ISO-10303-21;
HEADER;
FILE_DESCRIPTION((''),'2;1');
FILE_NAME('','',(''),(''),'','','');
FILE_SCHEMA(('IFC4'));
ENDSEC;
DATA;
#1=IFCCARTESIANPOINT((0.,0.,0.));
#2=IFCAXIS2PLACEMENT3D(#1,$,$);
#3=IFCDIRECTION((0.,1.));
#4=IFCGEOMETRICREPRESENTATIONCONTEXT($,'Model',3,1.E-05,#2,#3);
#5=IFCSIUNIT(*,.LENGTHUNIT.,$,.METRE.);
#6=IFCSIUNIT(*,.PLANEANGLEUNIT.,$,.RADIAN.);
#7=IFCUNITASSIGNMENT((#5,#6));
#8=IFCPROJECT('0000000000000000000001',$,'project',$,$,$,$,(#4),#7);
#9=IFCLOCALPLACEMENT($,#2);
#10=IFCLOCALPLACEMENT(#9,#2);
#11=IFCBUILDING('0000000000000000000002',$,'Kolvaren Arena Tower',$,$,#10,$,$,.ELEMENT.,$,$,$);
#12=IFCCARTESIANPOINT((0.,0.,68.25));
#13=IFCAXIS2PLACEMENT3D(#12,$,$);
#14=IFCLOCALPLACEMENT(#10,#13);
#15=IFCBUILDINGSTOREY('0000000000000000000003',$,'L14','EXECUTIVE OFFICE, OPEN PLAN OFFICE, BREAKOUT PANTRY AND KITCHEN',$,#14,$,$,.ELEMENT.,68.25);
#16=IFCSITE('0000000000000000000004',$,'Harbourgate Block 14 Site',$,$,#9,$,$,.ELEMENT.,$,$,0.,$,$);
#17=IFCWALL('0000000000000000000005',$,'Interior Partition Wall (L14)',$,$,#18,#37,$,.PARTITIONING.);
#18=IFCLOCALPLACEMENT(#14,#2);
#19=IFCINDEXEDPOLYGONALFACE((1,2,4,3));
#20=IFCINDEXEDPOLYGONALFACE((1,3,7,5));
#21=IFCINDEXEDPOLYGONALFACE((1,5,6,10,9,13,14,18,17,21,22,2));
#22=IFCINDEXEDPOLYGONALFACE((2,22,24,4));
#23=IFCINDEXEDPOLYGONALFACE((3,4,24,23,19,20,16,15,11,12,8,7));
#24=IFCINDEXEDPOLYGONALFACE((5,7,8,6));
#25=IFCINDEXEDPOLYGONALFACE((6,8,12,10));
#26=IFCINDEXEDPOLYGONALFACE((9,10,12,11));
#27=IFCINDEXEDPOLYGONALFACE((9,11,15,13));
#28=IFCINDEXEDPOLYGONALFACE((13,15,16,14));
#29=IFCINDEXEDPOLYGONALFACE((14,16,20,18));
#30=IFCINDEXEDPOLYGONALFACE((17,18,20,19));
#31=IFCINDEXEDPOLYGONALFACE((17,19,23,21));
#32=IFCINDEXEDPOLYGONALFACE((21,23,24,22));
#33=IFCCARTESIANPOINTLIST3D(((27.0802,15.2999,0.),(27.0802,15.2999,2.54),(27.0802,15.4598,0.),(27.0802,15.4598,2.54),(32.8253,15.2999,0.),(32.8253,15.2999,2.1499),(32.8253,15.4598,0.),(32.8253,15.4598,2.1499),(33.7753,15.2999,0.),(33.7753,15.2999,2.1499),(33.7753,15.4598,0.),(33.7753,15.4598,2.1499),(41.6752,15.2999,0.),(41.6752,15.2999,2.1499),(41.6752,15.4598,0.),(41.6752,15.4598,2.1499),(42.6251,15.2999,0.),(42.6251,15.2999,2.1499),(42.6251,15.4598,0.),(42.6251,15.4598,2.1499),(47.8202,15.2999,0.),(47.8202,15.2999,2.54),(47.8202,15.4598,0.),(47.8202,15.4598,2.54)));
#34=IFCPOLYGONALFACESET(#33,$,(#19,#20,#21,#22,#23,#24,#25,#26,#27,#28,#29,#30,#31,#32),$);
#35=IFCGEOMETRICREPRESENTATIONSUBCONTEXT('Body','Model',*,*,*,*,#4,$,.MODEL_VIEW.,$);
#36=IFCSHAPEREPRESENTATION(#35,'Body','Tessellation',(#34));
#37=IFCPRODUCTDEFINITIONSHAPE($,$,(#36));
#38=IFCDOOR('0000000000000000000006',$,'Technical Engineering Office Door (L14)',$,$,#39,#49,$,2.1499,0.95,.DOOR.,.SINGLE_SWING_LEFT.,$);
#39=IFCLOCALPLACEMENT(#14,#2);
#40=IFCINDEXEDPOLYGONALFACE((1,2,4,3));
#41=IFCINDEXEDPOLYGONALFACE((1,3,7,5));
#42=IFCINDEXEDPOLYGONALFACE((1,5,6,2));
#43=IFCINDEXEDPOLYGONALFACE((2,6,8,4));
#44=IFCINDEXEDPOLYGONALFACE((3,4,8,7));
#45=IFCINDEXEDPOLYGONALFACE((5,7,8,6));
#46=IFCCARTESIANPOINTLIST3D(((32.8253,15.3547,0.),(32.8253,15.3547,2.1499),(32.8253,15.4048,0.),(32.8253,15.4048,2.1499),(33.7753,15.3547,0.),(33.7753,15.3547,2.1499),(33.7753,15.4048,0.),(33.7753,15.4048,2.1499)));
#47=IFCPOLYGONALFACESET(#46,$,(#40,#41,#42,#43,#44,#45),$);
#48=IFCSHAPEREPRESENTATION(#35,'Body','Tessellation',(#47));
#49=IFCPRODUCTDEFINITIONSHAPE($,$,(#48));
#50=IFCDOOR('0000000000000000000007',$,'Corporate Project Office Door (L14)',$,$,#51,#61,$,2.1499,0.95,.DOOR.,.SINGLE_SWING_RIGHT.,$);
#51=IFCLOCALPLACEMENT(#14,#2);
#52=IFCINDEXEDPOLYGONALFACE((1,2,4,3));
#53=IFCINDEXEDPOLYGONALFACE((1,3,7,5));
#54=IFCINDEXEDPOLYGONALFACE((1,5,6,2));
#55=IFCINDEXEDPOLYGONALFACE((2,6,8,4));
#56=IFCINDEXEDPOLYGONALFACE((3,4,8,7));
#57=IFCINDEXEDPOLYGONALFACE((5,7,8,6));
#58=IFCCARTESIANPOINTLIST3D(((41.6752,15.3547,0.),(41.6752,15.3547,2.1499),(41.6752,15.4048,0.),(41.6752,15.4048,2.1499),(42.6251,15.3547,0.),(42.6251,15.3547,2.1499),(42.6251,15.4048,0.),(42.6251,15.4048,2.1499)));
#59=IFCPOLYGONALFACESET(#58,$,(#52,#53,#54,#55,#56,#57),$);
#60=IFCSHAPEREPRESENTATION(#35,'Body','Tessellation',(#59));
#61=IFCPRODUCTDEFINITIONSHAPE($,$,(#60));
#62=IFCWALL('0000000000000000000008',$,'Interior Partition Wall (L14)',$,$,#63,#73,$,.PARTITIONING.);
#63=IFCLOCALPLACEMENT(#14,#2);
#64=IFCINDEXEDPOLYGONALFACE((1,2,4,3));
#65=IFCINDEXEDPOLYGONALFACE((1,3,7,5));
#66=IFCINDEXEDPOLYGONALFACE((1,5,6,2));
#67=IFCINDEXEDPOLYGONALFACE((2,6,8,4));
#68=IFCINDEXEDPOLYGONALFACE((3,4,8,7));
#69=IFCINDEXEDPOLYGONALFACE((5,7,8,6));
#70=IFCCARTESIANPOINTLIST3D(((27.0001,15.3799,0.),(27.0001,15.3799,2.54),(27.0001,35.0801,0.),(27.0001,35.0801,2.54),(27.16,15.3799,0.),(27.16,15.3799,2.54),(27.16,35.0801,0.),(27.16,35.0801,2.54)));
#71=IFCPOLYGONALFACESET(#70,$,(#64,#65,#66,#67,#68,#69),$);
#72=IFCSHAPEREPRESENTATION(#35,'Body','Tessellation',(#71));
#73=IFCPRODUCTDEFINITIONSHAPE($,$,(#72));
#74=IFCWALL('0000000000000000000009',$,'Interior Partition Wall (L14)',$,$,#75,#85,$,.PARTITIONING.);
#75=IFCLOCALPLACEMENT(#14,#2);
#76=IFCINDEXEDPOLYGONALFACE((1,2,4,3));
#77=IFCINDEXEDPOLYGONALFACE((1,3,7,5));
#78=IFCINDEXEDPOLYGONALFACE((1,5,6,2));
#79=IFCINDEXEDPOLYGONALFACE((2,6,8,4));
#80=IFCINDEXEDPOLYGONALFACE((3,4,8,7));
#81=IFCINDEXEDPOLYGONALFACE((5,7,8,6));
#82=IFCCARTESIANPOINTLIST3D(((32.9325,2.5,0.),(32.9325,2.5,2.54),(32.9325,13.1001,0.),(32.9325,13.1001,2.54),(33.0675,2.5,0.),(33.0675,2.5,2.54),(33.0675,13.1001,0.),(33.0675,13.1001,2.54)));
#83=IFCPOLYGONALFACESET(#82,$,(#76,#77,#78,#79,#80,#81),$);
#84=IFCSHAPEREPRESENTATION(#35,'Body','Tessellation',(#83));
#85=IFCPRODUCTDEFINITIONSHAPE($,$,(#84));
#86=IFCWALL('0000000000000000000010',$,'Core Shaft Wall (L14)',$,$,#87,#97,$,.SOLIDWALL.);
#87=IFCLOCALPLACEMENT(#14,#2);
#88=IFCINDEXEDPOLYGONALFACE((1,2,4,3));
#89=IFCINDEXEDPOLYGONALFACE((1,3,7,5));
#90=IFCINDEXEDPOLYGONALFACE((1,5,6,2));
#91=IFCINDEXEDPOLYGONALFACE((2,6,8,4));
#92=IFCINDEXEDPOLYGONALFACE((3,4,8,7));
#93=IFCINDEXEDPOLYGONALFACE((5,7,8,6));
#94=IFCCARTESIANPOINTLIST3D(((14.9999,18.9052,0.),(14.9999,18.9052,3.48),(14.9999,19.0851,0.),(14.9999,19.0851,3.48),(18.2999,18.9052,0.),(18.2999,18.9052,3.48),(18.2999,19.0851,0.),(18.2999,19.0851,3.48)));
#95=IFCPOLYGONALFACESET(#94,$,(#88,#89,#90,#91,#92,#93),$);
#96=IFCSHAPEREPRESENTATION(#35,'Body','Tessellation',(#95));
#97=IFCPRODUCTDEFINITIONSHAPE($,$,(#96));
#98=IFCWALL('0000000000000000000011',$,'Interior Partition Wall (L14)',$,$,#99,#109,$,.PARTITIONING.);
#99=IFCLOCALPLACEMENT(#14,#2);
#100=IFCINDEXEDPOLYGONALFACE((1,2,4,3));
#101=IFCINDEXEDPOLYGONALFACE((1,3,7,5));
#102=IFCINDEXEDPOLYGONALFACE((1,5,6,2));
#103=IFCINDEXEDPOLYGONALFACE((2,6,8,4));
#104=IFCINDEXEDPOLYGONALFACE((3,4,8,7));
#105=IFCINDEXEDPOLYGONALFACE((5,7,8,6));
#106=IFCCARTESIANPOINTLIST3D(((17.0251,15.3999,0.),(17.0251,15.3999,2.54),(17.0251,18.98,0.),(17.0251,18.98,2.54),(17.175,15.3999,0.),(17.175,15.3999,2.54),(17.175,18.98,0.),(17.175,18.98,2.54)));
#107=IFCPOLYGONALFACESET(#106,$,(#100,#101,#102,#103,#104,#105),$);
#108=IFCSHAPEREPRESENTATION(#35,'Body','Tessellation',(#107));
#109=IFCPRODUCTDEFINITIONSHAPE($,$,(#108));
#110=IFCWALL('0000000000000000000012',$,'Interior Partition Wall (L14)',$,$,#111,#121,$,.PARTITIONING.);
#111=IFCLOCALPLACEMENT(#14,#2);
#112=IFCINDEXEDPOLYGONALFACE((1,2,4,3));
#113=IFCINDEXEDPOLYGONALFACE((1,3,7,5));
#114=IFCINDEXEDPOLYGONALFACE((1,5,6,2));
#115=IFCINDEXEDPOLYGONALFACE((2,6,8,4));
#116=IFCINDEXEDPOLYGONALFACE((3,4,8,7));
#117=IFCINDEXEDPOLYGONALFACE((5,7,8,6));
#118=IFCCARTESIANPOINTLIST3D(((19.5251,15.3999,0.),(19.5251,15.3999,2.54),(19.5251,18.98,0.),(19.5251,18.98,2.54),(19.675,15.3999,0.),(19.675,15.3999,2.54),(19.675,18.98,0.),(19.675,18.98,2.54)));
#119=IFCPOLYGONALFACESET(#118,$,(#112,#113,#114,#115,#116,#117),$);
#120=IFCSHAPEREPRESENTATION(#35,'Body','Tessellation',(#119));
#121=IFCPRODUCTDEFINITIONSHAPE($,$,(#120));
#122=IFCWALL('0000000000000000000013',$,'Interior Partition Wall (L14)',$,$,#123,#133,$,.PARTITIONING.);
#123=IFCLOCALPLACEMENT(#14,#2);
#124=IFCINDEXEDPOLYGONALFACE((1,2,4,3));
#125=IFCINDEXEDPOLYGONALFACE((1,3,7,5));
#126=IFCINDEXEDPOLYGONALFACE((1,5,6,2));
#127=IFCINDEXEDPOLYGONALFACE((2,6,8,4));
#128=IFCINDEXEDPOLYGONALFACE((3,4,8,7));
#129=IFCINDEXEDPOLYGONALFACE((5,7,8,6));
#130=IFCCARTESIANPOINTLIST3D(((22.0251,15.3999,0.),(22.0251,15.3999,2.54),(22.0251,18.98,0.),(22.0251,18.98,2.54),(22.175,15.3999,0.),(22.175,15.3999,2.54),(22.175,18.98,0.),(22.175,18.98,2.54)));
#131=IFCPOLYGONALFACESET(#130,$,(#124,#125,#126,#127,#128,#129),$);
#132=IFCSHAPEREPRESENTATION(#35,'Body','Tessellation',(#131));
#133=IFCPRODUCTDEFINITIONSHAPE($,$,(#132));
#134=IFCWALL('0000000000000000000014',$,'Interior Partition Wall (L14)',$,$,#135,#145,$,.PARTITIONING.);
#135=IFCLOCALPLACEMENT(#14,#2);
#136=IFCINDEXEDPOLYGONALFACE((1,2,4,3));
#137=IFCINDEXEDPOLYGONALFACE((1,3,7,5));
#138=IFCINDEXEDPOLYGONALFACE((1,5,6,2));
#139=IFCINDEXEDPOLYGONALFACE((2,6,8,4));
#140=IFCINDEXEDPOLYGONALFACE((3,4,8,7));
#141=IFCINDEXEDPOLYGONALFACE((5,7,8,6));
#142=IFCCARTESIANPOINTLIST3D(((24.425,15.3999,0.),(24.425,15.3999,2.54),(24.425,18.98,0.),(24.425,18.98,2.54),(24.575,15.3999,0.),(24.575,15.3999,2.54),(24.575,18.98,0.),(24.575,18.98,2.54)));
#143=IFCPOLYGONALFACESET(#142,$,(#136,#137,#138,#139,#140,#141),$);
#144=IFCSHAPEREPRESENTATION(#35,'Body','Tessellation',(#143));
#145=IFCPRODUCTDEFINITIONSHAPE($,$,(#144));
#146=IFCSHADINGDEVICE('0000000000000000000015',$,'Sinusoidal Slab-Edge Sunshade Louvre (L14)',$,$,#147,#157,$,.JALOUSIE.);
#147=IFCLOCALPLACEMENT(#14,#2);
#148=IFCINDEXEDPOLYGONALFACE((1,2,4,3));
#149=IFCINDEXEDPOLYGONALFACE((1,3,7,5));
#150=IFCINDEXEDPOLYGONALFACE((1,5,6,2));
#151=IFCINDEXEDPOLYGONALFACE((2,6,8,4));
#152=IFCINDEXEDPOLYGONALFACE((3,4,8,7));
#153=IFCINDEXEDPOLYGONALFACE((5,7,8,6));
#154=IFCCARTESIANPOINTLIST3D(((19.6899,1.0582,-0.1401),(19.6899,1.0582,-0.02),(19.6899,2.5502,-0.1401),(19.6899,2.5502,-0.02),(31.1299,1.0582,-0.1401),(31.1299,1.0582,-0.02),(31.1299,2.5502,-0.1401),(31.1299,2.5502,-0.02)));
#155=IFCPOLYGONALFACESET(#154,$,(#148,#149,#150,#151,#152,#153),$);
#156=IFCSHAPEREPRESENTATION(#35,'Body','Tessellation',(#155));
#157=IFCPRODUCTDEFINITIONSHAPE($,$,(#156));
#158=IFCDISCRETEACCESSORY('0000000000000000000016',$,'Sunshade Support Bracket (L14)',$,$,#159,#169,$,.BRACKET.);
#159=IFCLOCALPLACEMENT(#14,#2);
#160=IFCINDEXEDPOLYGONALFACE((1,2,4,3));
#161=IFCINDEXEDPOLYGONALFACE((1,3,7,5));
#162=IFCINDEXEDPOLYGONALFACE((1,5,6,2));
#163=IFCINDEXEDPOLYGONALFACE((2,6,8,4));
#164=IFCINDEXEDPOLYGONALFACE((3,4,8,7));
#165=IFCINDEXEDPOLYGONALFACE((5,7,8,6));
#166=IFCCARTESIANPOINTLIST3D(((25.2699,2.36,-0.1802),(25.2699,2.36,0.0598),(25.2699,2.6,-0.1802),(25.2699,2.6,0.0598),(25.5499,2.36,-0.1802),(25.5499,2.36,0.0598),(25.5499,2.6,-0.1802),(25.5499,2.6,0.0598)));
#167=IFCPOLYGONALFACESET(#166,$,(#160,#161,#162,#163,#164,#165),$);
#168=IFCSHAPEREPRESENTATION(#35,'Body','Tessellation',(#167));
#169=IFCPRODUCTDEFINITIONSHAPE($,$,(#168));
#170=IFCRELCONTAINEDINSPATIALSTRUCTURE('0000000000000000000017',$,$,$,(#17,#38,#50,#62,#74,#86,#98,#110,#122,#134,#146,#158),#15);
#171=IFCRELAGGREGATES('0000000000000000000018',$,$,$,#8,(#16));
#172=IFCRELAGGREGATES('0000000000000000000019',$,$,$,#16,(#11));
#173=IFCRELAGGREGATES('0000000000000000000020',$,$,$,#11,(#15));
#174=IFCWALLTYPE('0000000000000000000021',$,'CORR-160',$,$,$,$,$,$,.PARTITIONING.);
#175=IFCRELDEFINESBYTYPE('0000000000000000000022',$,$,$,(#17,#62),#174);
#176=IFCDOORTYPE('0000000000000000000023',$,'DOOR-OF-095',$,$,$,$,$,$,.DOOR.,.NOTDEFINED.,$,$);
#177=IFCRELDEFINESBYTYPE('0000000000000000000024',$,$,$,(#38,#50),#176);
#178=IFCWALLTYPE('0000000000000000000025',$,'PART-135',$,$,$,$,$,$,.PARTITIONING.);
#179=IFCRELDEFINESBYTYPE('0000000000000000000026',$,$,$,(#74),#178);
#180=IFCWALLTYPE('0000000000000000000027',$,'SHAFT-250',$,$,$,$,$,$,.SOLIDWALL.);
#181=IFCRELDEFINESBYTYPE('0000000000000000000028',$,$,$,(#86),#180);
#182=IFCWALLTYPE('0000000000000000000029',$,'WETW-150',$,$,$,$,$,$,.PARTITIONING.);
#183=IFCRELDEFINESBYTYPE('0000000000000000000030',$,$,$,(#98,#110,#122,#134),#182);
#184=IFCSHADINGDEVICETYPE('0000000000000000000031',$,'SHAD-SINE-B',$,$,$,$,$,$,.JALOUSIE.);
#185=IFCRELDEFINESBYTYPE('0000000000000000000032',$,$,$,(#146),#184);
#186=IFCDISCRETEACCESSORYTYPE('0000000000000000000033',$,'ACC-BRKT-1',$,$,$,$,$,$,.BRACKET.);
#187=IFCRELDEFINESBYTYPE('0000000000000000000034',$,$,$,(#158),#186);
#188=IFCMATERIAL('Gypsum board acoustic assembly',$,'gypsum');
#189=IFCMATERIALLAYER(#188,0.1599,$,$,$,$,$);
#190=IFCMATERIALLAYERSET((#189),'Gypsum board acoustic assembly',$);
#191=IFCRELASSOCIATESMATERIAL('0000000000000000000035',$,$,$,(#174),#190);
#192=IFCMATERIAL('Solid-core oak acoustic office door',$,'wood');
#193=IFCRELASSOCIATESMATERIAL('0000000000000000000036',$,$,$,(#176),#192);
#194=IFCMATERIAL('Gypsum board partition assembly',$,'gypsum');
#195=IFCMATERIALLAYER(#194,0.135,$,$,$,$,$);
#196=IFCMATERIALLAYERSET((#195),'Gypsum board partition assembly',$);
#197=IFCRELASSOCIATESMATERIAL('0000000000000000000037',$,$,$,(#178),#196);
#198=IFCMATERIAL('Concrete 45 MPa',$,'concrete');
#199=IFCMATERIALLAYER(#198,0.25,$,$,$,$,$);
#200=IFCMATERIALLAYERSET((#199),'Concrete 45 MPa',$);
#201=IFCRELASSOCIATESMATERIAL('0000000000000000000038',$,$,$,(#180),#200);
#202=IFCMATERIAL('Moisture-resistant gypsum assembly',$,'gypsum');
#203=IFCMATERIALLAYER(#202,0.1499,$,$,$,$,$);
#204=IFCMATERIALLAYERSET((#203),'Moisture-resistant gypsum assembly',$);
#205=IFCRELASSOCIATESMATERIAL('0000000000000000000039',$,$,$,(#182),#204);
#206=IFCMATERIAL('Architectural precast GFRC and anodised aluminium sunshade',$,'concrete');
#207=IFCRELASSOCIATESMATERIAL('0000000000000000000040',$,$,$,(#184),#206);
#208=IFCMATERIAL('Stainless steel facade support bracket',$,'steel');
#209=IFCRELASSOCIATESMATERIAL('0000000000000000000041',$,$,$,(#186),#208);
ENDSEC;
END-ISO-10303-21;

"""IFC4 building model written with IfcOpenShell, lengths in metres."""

from ifc_helpers import new_model, si_unit, direction, frame, frame_2d, origin, origin_2d, place, context, subcontext, project, spatial, rectangle, extrude, material, layer, layer_set, type_object, element, fill, save


model = new_model("IFC4")

# Units and contexts
model_context = context("Model", 3, precision=1e-05, world=origin(), true_north=direction((0.0, 1.0)))
body_context = subcontext(model_context, "Body", "Model", "MODEL_VIEW")
ifc_project = project(units=[si_unit("LENGTHUNIT", "METRE"), si_unit("PLANEANGLEUNIT", "RADIAN")], contexts=[model_context])

# Site, building, storey
site_placement = place(None, origin())
site = spatial("IfcSite", under=ifc_project, at=site_placement, Name="Harbourgate Block 14 Site", CompositionType="ELEMENT", RefElevation=0.0)
building_placement = place(site_placement, origin())
building = spatial("IfcBuilding", under=site, at=building_placement, Name="Kolvaren Arena Tower", CompositionType="ELEMENT")
storey_placement = place(building_placement, frame((0.0, 0.0, 68.25)))
storey = spatial("IfcBuildingStorey", under=building, at=storey_placement, Name="L14", Description="EXECUTIVE OFFICE, OPEN PLAN OFFICE, BREAKOUT PANTRY AND KITCHEN", CompositionType="ELEMENT", Elevation=68.25)

# Wall, openings, doors
ifc_material_1 = material(Name="Gypsum board acoustic assembly", Category="gypsum")
ifc_layer_1 = layer(ifc_material_1, 0.1599)
ifc_layer_set_1 = layer_set([ifc_layer_1], Name="Gypsum board acoustic assembly")
wall_type_1 = type_object("IfcWallType", Name="CORR-160", PredefinedType="PARTITIONING", material=ifc_layer_set_1)
wall_1_placement = place(storey_placement, frame((27.0801, 15.3799, 0.0), z_axis=(0.0, 0.0, 1.0), x_axis=(1.0, 0.0, 0.0)))
wall_1 = element("IfcWall", 1, at=wall_1_placement, inside=storey, type_object=wall_type_1, Name="Interior Partition Wall (L14)", PredefinedType="PARTITIONING", context=body_context, shape_type="SweptSolid", body=[
    extrude(rectangle(XDim=20.74, YDim=0.1599, at=frame_2d((10.3701, 0.0))), origin(), (0.0, 0.0, 1.0), 2.54),
])
opening_1_placement = place(wall_1_placement, frame((5.7451, 0.0, 0.0)))
opening_1 = element("IfcOpeningElement", 2, at=opening_1_placement, cuts=wall_1, PredefinedType="OPENING", context=body_context, shape_type="SweptSolid", body=[
    extrude(rectangle(XDim=0.95, YDim=2.1499, at=frame_2d((0.4751, 1.075))), frame((0.0, 0.0898, 0.0), z_axis=(0.0, -1.0, 0.0), x_axis=(1.0, 0.0, 0.0)), (0.0, 0.0, 1.0), 0.1799),
])
opening_2_placement = place(wall_1_placement, frame((14.595, 0.0, 0.0)))
opening_2 = element("IfcOpeningElement", 3, at=opening_2_placement, cuts=wall_1, PredefinedType="OPENING", context=body_context, shape_type="SweptSolid", body=[
    extrude(rectangle(XDim=0.95, YDim=2.1499, at=frame_2d((0.4751, 1.075))), frame((0.0, 0.0898, 0.0), z_axis=(0.0, -1.0, 0.0), x_axis=(1.0, 0.0, 0.0)), (0.0, 0.0, 1.0), 0.1799),
])
ifc_material_2 = material(Name="Solid-core oak acoustic office door", Category="wood")
door_type = type_object("IfcDoorType", Name="DOOR-OF-095", OperationType="NOTDEFINED", PredefinedType="DOOR", material=ifc_material_2)
door_1_placement = place(opening_1_placement, origin())
door_1 = element("IfcDoor", 4, at=door_1_placement, inside=storey, type_object=door_type, Name="Technical Engineering Office Door (L14)", OperationType="SINGLE_SWING_LEFT", OverallHeight=2.1499, OverallWidth=0.95, PredefinedType="DOOR", context=body_context, shape_type="SweptSolid", body=[
    extrude(rectangle(XDim=0.95, YDim=2.1499, at=frame_2d((0.4751, 1.075))), frame((0.0, 0.0249, 0.0), z_axis=(0.0, -1.0, 0.0), x_axis=(1.0, 0.0, 0.0)), (0.0, 0.0, 1.0), 0.05),
])
fill(opening_1, door_1)
door_2_placement = place(opening_2_placement, origin())
door_2 = element("IfcDoor", 5, at=door_2_placement, inside=storey, type_object=door_type, Name="Corporate Project Office Door (L14)", OperationType="SINGLE_SWING_RIGHT", OverallHeight=2.1499, OverallWidth=0.95, PredefinedType="DOOR", context=body_context, shape_type="SweptSolid", body=[
    extrude(rectangle(XDim=0.95, YDim=2.1499, at=frame_2d((0.4751, 1.075))), frame((0.0, 0.0249, 0.0), z_axis=(0.0, -1.0, 0.0), x_axis=(1.0, 0.0, 0.0)), (0.0, 0.0, 1.0), 0.05),
])
fill(opening_2, door_2)

# Walls
wall_2_placement = place(storey_placement, frame((27.0801, 15.3799, 0.0), z_axis=(0.0, 0.0, 1.0), x_axis=(0.0, 1.0, 0.0)))
element("IfcWall", 6, at=wall_2_placement, inside=storey, type_object=wall_type_1, Name="Interior Partition Wall (L14)", PredefinedType="PARTITIONING", context=body_context, shape_type="SweptSolid", body=[
    extrude(rectangle(XDim=19.7002, YDim=0.1599, at=frame_2d((9.8501, 0.0))), origin(), (0.0, 0.0, 1.0), 2.54),
])
ifc_material_3 = material(Name="Gypsum board partition assembly", Category="gypsum")
ifc_layer_2 = layer(ifc_material_3, 0.135)
ifc_layer_set_2 = layer_set([ifc_layer_2], Name="Gypsum board partition assembly")
wall_type_2 = type_object("IfcWallType", Name="PART-135", PredefinedType="PARTITIONING", material=ifc_layer_set_2)
wall_3_placement = place(storey_placement, frame((33.0, 2.5, 0.0), z_axis=(0.0, 0.0, 1.0), x_axis=(0.0, 1.0, 0.0)))
element("IfcWall", 7, at=wall_3_placement, inside=storey, type_object=wall_type_2, Name="Interior Partition Wall (L14)", PredefinedType="PARTITIONING", context=body_context, shape_type="SweptSolid", body=[
    extrude(rectangle(XDim=10.6001, YDim=0.135, at=frame_2d((5.3, 0.0))), origin(), (0.0, 0.0, 1.0), 2.54),
])
ifc_material_4 = material(Name="Concrete 45 MPa", Category="concrete")
ifc_layer_3 = layer(ifc_material_4, 0.25)
ifc_layer_set_3 = layer_set([ifc_layer_3], Name="Concrete 45 MPa")
wall_type_3 = type_object("IfcWallType", Name="SHAFT-250", PredefinedType="SOLIDWALL", material=ifc_layer_set_3)
wall_4_placement = place(storey_placement, frame((15.0, 18.9951, 0.0), z_axis=(0.0, 0.0, 1.0), x_axis=(1.0, 0.0, 0.0)))
element("IfcWall", 8, at=wall_4_placement, inside=storey, type_object=wall_type_3, Name="Core Shaft Wall (L14)", PredefinedType="SOLIDWALL", context=body_context, shape_type="SweptSolid", body=[
    extrude(rectangle(XDim=3.3, YDim=0.1799, at=frame_2d((1.6499, 0.0))), origin(), (0.0, 0.0, 1.0), 3.48),
])
ifc_material_5 = material(Name="Moisture-resistant gypsum assembly", Category="gypsum")
ifc_layer_4 = layer(ifc_material_5, 0.1499)
ifc_layer_set_4 = layer_set([ifc_layer_4], Name="Moisture-resistant gypsum assembly")
wall_type_4 = type_object("IfcWallType", Name="WETW-150", PredefinedType="PARTITIONING", material=ifc_layer_set_4)
for number, where, z_axis, x_axis, name in (
    (9, (17.1001, 15.3999, 0.0), (0.0, 0.0, 1.0), (0.0, 1.0, 0.0), "Interior Partition Wall (L14)"),
    (10, (19.6001, 15.3999, 0.0), (0.0, 0.0, 1.0), (0.0, 1.0, 0.0), "Interior Partition Wall (L14)"),
    (11, (22.1001, 15.3999, 0.0), (0.0, 0.0, 1.0), (0.0, 1.0, 0.0), "Interior Partition Wall (L14)"),
    (12, (24.5, 15.3999, 0.0), (0.0, 0.0, 1.0), (0.0, 1.0, 0.0), "Interior Partition Wall (L14)"),
):
    element("IfcWall", number, at=place(storey_placement, frame(where, z_axis=z_axis, x_axis=x_axis)), inside=storey, type_object=wall_type_4, Name=name, PredefinedType="PARTITIONING", context=body_context, shape_type="SweptSolid", body=[
        extrude(rectangle(XDim=3.5801, YDim=0.1499, at=frame_2d((1.79, 0.0))), origin(), (0.0, 0.0, 1.0), 2.54),
    ])

# Shading device
ifc_material_6 = material(Name="Architectural precast GFRC and anodised aluminium sunshade", Category="concrete")
shading_device_type = type_object("IfcShadingDeviceType", Name="SHAD-SINE-B", PredefinedType="JALOUSIE", material=ifc_material_6)
shading_device_placement = place(storey_placement, frame((25.4099, 1.8042, -0.1401), z_axis=(0.0, 0.0, 1.0), x_axis=(-1.0, 0.0, 0.0)))
element("IfcShadingDevice", 13, at=shading_device_placement, inside=storey, type_object=shading_device_type, Name="Sinusoidal Slab-Edge Sunshade Louvre (L14)", PredefinedType="JALOUSIE", context=body_context, shape_type="SweptSolid", body=[
    extrude(rectangle(XDim=11.4399, YDim=1.4919, at=origin_2d()), origin(), (0.0, 0.0, 1.0), 0.1201),
])

# Discrete accessory
ifc_material_7 = material(Name="Stainless steel facade support bracket", Category="steel")
discrete_accessory_type = type_object("IfcDiscreteAccessoryType", Name="ACC-BRKT-1", PredefinedType="BRACKET", material=ifc_material_7)
discrete_accessory_placement = place(storey_placement, frame((25.4099, 2.48, -0.1802), z_axis=(0.0, 0.0, 1.0), x_axis=(-1.0, 0.0, 0.0)))
element("IfcDiscreteAccessory", 14, at=discrete_accessory_placement, inside=storey, type_object=discrete_accessory_type, Name="Sunshade Support Bracket (L14)", PredefinedType="BRACKET", context=body_context, shape_type="SweptSolid", body=[
    extrude(rectangle(XDim=0.28, YDim=0.24, at=origin_2d()), origin(), (0.0, 0.0, 1.0), 0.24),
])

save(model, "model.ifc")
